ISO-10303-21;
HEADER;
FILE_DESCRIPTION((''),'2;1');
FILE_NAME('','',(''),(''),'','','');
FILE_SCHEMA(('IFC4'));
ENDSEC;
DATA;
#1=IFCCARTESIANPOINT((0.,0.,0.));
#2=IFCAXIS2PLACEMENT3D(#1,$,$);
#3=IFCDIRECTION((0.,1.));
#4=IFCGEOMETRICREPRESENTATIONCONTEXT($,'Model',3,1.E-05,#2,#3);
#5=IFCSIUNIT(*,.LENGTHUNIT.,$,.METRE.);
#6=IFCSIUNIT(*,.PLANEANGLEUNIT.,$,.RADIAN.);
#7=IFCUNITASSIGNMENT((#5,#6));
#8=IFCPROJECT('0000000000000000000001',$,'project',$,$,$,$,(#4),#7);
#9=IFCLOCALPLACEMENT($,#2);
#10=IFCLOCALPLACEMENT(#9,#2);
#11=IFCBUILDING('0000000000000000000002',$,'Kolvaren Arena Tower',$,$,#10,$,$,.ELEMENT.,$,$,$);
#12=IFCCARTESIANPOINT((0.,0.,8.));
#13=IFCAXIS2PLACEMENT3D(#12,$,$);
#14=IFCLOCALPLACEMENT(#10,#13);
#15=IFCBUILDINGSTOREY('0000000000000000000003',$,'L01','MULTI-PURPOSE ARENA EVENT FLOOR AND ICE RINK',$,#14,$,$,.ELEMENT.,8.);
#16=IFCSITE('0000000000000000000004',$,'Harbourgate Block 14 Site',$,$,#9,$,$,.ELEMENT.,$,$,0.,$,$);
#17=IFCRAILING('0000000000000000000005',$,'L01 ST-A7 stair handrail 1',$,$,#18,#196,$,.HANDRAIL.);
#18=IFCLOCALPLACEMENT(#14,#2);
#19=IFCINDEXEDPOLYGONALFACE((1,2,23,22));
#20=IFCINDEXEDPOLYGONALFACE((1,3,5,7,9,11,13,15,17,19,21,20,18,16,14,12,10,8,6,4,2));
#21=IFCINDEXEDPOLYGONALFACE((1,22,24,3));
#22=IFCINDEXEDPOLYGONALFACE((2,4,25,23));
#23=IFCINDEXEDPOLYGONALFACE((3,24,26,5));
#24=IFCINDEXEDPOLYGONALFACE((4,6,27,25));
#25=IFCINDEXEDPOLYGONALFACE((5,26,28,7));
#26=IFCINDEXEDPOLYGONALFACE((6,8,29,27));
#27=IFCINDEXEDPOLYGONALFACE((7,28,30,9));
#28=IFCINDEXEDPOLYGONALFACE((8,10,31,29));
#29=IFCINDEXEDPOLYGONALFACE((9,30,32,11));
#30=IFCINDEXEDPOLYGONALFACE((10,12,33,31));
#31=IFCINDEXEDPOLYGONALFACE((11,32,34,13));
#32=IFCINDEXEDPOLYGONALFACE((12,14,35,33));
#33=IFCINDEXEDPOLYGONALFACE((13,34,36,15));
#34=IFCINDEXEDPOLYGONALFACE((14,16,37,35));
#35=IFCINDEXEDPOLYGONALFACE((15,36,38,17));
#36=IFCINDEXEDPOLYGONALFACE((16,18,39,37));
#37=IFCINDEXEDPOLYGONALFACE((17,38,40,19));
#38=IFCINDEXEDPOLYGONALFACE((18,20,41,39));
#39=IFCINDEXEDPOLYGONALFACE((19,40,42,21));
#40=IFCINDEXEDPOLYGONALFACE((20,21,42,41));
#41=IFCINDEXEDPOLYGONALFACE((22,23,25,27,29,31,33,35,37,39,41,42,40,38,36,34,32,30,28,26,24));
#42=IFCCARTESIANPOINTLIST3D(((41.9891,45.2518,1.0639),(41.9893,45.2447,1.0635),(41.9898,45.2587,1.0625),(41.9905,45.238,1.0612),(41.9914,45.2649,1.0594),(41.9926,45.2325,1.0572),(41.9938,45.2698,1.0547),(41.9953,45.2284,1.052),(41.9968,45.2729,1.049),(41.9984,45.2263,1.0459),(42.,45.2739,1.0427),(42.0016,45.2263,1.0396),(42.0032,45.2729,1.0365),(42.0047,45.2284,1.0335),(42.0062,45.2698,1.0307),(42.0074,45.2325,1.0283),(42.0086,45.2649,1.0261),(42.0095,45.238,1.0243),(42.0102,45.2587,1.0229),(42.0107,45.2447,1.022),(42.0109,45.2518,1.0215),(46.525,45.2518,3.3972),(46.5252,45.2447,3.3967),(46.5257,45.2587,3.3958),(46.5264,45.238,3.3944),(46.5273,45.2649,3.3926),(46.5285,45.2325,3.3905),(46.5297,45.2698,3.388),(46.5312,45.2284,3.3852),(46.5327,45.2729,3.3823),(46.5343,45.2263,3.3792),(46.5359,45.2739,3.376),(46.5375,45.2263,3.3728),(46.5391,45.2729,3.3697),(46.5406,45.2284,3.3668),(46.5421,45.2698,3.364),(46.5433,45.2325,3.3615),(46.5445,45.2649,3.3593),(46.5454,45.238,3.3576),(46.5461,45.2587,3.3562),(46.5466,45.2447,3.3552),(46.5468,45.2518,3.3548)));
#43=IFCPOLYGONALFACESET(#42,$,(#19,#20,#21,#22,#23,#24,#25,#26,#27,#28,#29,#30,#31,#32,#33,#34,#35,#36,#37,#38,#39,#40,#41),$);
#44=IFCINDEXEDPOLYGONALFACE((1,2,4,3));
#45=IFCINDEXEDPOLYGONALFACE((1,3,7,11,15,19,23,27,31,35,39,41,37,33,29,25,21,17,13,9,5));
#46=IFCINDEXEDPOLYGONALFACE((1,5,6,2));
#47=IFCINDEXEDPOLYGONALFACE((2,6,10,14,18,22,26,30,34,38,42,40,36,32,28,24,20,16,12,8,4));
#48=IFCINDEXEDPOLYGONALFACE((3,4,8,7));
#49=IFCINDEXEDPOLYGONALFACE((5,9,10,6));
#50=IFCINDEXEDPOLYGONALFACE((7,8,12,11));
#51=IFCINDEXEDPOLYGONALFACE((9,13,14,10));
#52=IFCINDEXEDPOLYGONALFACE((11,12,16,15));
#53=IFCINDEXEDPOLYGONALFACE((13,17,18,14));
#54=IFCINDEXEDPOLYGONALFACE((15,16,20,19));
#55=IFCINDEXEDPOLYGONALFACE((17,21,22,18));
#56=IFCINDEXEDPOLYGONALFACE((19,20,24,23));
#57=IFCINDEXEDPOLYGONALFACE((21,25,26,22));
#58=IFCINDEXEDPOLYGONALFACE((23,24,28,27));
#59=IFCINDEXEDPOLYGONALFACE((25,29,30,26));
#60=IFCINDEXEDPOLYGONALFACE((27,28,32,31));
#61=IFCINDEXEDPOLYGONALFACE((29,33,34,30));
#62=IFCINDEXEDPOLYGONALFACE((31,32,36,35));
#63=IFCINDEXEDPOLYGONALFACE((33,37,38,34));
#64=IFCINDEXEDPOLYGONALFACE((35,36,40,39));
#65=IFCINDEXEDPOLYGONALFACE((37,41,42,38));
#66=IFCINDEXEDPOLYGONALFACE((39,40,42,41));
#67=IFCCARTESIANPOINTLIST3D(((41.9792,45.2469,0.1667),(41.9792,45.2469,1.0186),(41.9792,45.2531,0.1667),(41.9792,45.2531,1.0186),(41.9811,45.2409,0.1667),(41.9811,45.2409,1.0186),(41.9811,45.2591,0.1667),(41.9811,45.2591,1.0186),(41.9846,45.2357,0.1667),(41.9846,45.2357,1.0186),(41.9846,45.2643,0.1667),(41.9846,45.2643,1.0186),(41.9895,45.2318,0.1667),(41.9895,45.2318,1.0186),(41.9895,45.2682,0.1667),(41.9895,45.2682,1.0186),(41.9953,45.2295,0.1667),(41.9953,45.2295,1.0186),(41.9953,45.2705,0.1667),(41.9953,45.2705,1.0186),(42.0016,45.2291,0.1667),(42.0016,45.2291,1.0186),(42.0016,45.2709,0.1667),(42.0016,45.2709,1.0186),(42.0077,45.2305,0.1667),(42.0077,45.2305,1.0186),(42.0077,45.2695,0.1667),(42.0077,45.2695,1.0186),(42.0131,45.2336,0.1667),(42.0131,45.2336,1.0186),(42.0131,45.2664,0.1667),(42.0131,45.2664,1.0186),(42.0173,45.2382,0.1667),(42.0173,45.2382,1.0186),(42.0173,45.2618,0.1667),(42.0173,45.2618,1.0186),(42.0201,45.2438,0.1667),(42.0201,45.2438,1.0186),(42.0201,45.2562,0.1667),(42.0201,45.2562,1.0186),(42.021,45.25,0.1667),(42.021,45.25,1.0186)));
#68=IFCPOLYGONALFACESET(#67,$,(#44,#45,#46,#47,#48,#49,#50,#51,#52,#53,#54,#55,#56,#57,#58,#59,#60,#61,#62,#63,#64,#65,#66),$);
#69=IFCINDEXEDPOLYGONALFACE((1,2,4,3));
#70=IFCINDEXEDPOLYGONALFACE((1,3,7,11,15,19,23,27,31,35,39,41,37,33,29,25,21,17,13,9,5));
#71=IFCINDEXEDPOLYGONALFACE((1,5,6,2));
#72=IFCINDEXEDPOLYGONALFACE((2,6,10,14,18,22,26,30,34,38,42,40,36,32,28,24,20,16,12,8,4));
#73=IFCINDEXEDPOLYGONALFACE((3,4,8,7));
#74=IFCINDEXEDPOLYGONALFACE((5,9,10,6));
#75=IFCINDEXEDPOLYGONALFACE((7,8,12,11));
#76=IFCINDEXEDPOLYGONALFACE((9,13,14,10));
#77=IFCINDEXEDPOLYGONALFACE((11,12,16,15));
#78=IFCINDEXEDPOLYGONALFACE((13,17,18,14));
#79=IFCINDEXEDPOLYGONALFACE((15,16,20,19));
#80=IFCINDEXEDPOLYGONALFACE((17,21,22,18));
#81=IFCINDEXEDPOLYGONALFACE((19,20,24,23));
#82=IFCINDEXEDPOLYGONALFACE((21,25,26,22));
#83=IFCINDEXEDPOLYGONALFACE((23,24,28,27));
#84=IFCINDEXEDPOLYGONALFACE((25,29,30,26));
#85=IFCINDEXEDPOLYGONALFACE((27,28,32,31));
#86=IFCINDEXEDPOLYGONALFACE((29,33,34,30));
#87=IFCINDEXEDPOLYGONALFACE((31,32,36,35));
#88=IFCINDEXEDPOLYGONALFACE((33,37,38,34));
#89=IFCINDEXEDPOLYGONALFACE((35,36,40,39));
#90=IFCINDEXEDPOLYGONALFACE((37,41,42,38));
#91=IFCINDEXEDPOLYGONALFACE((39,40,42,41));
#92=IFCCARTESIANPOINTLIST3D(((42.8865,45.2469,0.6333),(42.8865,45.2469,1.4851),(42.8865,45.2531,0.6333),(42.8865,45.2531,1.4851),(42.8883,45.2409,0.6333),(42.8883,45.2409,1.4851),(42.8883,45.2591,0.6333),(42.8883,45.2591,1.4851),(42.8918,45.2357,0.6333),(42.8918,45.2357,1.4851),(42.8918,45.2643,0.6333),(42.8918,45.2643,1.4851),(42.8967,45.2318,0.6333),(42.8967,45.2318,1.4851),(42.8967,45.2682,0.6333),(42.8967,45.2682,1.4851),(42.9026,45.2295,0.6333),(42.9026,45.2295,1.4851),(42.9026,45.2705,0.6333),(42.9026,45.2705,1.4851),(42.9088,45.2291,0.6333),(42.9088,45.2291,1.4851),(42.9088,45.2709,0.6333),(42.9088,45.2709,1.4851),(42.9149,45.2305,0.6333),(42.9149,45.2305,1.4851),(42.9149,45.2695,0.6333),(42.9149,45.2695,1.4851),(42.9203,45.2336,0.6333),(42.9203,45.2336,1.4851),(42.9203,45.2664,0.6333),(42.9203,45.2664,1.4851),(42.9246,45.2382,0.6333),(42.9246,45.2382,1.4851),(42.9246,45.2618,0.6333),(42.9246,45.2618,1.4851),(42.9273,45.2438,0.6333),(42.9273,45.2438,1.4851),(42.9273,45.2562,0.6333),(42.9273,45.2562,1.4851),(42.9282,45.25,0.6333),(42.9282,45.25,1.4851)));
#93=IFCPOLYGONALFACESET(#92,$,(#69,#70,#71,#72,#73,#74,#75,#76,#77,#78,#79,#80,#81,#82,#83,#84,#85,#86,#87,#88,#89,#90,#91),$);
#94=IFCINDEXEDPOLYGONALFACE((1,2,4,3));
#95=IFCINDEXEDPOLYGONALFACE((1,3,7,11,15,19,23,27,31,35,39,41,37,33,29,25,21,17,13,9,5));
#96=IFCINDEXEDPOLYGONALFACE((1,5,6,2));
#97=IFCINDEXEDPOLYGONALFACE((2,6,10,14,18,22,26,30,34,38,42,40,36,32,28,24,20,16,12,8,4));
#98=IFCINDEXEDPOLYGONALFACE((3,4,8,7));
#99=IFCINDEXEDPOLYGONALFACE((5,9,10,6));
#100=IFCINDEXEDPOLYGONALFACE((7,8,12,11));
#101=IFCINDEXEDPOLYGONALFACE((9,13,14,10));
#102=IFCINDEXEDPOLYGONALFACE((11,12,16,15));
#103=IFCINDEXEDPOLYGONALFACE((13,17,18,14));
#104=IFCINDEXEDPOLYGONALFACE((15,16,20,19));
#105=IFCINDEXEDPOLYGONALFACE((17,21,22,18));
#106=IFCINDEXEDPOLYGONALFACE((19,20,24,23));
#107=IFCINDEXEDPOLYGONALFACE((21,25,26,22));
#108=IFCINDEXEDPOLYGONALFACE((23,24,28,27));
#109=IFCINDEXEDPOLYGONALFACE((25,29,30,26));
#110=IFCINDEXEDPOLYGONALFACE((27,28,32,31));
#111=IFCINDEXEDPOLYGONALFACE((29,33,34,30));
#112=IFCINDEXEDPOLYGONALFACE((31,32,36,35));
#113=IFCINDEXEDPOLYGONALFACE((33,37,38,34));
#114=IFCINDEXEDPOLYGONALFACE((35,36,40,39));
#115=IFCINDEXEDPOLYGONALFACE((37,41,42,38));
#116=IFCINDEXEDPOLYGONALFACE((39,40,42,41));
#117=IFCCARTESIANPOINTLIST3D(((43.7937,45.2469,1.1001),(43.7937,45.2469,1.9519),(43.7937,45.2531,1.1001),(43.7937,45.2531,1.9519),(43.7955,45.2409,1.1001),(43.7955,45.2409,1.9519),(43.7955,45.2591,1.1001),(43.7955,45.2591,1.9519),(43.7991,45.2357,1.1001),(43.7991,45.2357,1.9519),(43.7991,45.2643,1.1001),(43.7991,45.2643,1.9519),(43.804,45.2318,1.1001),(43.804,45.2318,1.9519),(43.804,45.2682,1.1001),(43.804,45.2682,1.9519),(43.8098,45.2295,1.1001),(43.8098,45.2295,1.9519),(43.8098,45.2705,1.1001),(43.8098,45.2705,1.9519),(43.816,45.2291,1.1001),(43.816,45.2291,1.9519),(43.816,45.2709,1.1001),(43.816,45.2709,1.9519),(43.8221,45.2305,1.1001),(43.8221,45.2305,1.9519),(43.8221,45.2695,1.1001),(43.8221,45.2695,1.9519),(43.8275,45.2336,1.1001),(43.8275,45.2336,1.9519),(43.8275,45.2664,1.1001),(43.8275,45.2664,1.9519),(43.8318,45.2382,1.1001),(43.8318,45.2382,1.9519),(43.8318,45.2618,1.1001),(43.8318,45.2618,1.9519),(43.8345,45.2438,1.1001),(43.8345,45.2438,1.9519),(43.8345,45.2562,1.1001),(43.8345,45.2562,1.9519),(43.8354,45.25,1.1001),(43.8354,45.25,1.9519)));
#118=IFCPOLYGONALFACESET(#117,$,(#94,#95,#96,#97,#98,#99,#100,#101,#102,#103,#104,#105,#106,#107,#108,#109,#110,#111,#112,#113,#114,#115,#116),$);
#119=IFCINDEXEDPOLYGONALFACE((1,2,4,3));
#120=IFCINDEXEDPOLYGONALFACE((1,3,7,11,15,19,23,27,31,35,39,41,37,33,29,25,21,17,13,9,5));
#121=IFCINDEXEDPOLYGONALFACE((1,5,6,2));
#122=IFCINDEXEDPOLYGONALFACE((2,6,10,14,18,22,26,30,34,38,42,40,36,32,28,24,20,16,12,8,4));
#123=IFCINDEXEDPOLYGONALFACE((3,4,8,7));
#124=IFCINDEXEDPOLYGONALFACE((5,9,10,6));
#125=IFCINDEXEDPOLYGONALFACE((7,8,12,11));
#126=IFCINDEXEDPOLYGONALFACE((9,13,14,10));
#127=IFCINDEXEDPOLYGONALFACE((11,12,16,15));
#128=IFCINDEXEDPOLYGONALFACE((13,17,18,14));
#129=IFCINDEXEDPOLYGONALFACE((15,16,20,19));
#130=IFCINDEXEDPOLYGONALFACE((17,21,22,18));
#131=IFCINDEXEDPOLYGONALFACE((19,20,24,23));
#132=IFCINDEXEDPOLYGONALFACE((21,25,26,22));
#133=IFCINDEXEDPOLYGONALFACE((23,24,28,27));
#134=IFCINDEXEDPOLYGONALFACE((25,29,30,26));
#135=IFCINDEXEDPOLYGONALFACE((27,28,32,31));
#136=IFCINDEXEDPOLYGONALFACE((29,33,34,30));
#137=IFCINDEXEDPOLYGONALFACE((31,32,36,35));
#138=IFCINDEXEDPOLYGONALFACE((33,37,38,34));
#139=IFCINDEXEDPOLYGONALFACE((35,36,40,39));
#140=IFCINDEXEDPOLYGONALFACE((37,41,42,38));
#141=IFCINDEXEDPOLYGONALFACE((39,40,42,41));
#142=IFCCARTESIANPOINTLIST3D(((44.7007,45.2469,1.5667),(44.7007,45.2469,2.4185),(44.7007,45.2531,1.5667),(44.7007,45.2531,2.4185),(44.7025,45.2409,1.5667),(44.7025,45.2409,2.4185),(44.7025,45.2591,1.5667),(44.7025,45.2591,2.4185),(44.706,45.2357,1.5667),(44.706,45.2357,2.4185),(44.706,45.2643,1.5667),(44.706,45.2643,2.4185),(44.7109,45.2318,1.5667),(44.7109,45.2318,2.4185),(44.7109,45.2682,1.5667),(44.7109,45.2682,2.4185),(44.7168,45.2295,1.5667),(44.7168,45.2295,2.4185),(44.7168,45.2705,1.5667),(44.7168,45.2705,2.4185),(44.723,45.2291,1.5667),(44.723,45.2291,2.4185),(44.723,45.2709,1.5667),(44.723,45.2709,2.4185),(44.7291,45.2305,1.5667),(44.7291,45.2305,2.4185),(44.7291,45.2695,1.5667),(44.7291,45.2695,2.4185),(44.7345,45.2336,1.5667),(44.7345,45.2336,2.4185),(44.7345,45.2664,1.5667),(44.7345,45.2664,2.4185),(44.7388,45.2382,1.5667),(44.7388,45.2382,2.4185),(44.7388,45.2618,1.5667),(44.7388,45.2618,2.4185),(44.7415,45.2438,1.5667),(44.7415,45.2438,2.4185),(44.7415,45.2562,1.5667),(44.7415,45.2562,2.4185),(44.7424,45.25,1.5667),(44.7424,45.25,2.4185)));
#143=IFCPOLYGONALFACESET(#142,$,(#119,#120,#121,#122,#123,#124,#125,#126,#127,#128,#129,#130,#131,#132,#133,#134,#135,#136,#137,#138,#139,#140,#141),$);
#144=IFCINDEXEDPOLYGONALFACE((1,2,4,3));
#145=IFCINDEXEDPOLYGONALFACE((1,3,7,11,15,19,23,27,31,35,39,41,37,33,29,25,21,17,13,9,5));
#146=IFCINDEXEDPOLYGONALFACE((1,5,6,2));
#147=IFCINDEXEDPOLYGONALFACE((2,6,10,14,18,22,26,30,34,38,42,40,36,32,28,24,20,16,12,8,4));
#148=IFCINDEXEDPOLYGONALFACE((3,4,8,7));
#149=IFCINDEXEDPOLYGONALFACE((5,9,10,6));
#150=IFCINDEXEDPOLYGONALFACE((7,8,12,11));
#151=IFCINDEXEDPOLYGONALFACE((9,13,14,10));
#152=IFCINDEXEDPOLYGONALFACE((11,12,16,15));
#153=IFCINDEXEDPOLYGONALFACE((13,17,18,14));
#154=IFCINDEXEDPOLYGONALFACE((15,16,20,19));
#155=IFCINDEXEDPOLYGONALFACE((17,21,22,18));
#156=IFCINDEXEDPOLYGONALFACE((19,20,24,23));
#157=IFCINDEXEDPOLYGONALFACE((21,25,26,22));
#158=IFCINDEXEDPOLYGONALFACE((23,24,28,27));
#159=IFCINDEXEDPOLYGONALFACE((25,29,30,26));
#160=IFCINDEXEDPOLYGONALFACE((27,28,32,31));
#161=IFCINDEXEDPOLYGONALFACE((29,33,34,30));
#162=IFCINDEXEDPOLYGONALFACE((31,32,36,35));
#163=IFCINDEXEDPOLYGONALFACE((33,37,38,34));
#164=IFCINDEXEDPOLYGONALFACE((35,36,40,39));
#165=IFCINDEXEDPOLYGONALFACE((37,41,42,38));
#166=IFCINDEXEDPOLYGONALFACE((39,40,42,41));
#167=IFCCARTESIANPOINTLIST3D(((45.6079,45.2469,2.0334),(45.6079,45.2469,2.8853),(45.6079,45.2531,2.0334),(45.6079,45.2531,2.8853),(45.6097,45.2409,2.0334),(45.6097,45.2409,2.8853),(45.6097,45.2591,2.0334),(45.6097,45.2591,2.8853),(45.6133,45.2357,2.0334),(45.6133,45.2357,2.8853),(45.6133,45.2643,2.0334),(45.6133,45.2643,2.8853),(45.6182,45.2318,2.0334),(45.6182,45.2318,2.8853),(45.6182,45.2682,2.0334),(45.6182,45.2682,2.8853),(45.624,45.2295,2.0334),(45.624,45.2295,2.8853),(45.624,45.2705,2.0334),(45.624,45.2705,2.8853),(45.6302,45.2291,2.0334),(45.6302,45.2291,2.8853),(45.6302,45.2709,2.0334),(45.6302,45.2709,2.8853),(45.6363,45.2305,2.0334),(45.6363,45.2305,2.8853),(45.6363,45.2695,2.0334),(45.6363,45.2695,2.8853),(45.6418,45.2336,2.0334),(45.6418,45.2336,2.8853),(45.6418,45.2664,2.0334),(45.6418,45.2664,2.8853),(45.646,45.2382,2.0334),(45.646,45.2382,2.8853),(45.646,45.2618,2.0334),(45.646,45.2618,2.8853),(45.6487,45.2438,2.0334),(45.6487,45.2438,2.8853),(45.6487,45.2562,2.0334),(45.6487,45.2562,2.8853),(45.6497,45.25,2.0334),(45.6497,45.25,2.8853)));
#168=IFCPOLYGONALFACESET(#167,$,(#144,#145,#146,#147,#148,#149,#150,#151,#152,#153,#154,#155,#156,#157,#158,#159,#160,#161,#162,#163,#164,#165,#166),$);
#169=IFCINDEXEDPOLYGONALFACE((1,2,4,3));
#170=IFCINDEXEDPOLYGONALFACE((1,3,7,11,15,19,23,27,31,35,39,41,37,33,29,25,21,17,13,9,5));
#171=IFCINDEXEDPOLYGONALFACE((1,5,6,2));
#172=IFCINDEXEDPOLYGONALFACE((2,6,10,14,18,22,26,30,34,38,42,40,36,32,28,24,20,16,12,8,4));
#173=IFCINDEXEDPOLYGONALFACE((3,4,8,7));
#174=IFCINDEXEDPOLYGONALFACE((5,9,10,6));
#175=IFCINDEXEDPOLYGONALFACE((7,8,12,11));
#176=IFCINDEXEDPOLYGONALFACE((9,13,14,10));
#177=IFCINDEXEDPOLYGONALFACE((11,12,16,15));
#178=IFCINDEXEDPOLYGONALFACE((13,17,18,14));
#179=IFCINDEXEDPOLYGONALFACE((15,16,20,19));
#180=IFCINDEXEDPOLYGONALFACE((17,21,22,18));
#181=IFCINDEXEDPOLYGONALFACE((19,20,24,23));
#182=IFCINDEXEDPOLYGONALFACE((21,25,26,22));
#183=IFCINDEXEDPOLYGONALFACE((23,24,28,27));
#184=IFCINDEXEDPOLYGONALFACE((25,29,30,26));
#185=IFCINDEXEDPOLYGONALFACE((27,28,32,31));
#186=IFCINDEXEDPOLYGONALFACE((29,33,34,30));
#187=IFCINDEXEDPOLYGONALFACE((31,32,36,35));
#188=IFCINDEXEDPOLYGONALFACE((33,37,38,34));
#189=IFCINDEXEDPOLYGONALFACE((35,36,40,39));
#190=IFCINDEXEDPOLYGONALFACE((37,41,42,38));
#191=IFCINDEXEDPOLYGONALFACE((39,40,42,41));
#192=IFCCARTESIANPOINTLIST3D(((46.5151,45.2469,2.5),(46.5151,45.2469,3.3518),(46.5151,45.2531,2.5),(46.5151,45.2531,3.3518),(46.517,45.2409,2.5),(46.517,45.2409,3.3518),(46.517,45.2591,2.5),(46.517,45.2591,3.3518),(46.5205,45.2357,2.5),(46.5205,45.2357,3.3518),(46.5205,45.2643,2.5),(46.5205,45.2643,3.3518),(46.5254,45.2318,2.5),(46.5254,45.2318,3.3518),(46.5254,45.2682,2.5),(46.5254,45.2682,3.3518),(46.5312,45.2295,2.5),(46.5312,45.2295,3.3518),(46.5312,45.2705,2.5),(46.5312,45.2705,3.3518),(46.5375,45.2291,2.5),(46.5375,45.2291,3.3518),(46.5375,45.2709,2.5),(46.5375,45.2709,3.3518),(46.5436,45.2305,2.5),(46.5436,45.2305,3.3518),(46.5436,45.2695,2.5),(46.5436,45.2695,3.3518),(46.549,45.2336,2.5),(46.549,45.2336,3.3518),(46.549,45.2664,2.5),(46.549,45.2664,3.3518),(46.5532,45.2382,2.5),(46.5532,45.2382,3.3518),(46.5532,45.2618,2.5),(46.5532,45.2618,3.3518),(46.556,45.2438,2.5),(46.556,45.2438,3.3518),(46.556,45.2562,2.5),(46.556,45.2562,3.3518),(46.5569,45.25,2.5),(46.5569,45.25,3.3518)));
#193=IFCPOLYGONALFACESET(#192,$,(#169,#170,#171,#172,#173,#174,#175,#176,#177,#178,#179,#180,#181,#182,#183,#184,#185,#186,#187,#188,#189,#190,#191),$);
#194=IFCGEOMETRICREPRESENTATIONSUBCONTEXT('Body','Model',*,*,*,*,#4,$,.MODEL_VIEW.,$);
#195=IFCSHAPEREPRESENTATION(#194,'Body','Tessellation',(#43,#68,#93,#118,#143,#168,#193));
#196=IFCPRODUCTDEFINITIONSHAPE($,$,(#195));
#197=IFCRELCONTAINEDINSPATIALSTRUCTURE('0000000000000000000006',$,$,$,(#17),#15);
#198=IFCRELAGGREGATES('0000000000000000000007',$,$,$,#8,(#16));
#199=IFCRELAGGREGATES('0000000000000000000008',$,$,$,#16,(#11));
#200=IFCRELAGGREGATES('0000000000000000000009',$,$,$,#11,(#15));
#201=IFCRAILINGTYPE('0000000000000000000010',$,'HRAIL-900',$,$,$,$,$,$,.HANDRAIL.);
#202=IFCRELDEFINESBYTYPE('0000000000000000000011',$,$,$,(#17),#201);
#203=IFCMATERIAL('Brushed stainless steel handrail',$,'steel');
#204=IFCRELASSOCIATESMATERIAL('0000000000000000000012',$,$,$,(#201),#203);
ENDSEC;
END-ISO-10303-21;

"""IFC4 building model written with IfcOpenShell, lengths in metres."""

from ifc_helpers import new_model, si_unit, direction, frame, origin, origin_2d, place, context, subcontext, project, spatial, circle, extrude, material, type_object, element, save


model = new_model("IFC4")

# Units and contexts
model_context = context("Model", 3, precision=1e-05, world=origin(), true_north=direction((0.0, 1.0)))
body_context = subcontext(model_context, "Body", "Model", "MODEL_VIEW")
ifc_project = project(units=[si_unit("LENGTHUNIT", "METRE"), si_unit("PLANEANGLEUNIT", "RADIAN")], contexts=[model_context])

# Site, building, storey
site_placement = place(None, origin())
site = spatial("IfcSite", under=ifc_project, at=site_placement, Name="Harbourgate Block 14 Site", CompositionType="ELEMENT", RefElevation=0.0)
building_placement = place(site_placement, origin())
building = spatial("IfcBuilding", under=site, at=building_placement, Name="Kolvaren Arena Tower", CompositionType="ELEMENT")
storey_placement = place(building_placement, frame((0.0, 0.0, 8.0)))
storey = spatial("IfcBuildingStorey", under=building, at=storey_placement, Name="L01", Description="MULTI-PURPOSE ARENA EVENT FLOOR AND ICE RINK", CompositionType="ELEMENT", Elevation=8.0)

# Railing
ifc_material_1 = material(Name="Brushed stainless steel handrail", Category="steel")
railing_type_1 = type_object("IfcRailingType", Name="HRAIL-900", PredefinedType="HANDRAIL", material=ifc_material_1)
railing_1_placement = place(storey_placement, frame((42.0, 45.25, 0.1667)))
element("IfcRailing", 1, at=railing_1_placement, inside=storey, type_object=railing_type_1, Name="L01 ST-A7 stair handrail 1", PredefinedType="HANDRAIL", context=body_context, shape_type="SweptSolid", body=[
    extrude(circle(Radius=0.0239, at=origin_2d()), frame((0.0, 0.0, 0.876), z_axis=(0.889247, 0.0, 0.457427), x_axis=(0.0, 1.0, 0.0)), (0.0, 0.0, 1.0), 5.1008),
    extrude(circle(Radius=0.021, at=origin_2d()), origin(), (0.0, 0.0, 1.0), 0.8518),
    extrude(circle(Radius=0.021, at=origin_2d()), frame((0.9072, 0.0, 0.4666)), (0.0, 0.0, 1.0), 0.8518),
    extrude(circle(Radius=0.021, at=origin_2d()), frame((1.8145, 0.0, 0.9333)), (0.0, 0.0, 1.0), 0.8518),
    extrude(circle(Radius=0.021, at=origin_2d()), frame((2.7214, 0.0, 1.3999)), (0.0, 0.0, 1.0), 0.8518),
    extrude(circle(Radius=0.021, at=origin_2d()), frame((3.6287, 0.0, 1.8667)), (0.0, 0.0, 1.0), 0.8518),
    extrude(circle(Radius=0.021, at=origin_2d()), frame((4.5359, 0.0, 2.3333)), (0.0, 0.0, 1.0), 0.8518),
])

save(model, "model.ifc")
